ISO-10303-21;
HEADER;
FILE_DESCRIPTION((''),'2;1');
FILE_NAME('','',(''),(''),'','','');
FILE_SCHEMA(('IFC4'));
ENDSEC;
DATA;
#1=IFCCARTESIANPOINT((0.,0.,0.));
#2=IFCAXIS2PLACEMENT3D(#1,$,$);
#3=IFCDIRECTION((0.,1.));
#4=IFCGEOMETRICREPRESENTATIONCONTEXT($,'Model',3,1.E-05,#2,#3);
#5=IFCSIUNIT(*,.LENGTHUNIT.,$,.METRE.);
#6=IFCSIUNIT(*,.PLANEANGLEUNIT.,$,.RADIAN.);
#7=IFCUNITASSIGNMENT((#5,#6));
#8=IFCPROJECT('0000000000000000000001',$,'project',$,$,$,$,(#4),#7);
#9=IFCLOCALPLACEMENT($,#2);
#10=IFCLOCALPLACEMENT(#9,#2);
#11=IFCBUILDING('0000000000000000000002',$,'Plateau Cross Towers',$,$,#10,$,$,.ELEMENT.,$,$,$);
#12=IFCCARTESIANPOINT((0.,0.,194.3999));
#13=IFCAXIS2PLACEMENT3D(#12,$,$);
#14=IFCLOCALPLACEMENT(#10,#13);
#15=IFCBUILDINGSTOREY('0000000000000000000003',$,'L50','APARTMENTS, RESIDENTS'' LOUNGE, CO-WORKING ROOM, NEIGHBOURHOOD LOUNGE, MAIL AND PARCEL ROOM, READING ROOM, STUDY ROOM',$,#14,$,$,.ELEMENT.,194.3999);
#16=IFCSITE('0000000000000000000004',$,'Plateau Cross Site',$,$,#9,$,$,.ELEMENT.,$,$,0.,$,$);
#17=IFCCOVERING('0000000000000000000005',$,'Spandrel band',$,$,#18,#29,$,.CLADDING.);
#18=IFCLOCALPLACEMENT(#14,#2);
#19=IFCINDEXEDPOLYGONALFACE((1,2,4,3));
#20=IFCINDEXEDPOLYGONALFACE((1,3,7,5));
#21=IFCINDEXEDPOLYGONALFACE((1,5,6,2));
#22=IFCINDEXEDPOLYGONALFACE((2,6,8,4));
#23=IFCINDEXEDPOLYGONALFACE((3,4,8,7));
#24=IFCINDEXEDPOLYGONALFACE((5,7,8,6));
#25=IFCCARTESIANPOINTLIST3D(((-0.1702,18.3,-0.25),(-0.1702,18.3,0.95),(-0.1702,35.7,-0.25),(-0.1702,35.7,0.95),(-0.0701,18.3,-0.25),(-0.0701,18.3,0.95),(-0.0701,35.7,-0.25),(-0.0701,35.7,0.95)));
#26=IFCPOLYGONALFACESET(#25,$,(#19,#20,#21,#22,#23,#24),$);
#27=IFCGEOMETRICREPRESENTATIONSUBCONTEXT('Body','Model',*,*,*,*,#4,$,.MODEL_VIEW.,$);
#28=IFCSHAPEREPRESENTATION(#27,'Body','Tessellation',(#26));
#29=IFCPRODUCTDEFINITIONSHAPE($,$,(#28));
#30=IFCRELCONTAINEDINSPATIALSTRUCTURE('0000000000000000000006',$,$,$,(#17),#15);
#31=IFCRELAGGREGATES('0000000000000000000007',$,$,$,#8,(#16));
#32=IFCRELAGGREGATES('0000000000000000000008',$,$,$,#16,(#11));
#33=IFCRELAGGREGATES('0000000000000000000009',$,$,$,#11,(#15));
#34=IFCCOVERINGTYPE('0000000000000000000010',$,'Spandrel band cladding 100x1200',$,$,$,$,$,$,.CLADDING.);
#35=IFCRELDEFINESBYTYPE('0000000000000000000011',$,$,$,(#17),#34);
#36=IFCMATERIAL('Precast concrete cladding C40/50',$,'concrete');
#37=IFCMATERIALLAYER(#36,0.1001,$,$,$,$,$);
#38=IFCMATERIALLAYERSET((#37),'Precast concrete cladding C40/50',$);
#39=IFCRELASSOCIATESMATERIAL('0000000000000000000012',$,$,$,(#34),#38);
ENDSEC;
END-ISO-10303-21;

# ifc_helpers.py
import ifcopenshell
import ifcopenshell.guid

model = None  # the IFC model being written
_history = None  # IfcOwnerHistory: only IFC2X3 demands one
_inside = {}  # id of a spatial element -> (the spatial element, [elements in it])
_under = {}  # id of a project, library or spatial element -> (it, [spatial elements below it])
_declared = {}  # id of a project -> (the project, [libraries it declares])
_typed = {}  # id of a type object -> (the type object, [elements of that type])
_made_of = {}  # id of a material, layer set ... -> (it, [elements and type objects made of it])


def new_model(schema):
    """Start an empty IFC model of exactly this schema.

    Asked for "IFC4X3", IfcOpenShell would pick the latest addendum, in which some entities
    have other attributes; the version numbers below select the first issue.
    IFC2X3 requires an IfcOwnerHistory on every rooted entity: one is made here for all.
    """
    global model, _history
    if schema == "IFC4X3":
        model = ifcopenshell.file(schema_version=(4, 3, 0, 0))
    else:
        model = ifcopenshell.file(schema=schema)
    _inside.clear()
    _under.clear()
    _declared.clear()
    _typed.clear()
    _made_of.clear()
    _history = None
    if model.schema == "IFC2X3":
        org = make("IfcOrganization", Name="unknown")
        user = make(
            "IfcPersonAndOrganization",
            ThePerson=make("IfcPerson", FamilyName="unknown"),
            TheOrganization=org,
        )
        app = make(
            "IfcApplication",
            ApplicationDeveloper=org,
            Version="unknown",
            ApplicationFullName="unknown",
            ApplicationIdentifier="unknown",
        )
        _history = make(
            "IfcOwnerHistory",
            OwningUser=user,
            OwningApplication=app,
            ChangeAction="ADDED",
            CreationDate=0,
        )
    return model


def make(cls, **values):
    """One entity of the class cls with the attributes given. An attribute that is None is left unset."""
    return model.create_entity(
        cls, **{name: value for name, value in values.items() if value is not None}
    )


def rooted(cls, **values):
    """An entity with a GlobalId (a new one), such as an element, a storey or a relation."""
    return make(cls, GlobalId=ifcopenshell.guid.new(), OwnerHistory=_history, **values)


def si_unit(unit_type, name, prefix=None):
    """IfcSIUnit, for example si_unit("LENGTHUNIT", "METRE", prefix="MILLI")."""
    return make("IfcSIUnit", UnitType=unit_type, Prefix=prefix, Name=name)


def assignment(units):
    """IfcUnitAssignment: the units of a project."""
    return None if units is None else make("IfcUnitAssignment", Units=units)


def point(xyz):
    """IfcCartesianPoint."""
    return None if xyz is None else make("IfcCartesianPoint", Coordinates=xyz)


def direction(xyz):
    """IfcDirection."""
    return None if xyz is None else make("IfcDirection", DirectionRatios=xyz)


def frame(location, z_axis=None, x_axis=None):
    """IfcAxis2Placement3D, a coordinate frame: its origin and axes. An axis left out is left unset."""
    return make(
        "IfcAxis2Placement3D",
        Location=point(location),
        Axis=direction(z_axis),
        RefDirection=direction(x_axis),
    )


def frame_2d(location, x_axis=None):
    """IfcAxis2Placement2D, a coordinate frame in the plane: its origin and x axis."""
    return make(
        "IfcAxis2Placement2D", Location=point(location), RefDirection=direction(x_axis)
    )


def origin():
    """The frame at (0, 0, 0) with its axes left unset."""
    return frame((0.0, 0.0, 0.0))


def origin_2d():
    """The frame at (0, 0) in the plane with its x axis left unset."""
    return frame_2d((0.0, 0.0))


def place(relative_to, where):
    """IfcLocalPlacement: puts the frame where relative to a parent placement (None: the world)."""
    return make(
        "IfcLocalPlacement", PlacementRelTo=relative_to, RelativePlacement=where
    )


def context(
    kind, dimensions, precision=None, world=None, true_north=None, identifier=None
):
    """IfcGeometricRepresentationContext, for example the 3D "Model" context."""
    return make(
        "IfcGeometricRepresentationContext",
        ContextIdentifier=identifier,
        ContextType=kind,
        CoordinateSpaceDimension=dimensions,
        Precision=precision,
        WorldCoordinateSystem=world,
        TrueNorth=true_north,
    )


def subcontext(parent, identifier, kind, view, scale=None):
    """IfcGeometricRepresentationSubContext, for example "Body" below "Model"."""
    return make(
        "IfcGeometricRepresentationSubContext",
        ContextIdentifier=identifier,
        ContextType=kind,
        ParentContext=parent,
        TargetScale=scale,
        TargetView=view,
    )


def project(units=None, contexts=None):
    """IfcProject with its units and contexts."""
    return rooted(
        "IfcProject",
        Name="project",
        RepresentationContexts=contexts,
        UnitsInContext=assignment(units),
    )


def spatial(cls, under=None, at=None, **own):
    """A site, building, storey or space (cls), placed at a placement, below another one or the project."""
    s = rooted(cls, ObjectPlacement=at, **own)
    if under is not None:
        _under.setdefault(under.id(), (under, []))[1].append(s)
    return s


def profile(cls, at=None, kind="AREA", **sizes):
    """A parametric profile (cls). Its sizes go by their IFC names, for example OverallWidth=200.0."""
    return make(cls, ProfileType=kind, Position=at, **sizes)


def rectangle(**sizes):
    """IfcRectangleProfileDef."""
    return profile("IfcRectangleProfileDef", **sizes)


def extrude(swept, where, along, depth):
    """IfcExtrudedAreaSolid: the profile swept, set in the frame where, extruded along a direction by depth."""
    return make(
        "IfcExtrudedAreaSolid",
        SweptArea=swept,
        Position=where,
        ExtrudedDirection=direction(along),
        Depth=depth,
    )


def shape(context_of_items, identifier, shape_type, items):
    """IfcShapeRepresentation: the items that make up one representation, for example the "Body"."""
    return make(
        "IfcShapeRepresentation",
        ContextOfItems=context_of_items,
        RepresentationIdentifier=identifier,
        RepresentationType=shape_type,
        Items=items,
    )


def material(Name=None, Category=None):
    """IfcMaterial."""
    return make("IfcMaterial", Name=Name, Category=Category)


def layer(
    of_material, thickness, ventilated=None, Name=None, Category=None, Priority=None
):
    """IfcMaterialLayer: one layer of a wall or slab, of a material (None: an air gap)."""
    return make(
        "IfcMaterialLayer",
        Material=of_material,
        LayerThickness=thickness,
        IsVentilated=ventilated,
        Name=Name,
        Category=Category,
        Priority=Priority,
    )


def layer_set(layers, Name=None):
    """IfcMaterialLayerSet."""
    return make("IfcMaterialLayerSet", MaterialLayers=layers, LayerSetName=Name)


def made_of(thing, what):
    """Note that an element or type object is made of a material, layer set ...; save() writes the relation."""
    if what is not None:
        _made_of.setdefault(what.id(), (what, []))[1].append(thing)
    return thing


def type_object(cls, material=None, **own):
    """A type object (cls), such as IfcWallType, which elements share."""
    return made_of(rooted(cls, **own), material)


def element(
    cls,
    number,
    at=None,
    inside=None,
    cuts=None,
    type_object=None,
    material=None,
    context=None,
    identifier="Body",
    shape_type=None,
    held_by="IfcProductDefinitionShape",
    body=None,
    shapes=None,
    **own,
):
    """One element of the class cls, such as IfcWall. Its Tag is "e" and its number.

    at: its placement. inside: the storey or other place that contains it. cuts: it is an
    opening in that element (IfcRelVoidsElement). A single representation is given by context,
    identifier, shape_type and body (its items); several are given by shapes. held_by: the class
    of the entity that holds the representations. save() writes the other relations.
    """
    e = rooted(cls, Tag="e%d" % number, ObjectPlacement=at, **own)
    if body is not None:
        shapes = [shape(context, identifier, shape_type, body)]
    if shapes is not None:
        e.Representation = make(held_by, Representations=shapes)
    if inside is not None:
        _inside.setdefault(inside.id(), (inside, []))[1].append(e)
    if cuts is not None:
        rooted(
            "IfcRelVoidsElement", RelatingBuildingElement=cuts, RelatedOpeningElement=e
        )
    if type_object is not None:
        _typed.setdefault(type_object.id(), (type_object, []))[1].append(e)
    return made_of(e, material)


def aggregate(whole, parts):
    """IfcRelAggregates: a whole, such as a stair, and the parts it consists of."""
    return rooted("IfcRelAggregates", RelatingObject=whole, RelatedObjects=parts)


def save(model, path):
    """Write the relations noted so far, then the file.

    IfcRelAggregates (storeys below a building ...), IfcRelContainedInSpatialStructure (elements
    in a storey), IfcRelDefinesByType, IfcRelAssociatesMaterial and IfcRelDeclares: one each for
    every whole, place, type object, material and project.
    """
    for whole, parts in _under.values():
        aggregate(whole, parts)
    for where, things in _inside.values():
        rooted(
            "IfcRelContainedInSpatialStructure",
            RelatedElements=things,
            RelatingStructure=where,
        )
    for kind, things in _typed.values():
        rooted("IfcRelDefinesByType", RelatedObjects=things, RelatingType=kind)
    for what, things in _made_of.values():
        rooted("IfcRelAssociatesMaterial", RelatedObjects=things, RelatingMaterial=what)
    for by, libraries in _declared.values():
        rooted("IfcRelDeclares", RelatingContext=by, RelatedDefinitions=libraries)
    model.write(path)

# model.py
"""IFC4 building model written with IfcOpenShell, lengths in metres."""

from ifc_helpers import new_model, si_unit, direction, frame, origin, origin_2d, place, context, subcontext, project, spatial, rectangle, extrude, material, layer, layer_set, type_object, element, save


model = new_model("IFC4")

# Units and contexts
model_context = context("Model", 3, precision=1e-05, world=origin(), true_north=direction((0.0, 1.0)))
body_context = subcontext(model_context, "Body", "Model", "MODEL_VIEW")
ifc_project = project(units=[si_unit("LENGTHUNIT", "METRE"), si_unit("PLANEANGLEUNIT", "RADIAN")], contexts=[model_context])

# Site, building, storey
site_placement = place(None, origin())
site = spatial("IfcSite", under=ifc_project, at=site_placement, Name="Plateau Cross Site", CompositionType="ELEMENT", RefElevation=0.0)
building_placement = place(site_placement, origin())
building = spatial("IfcBuilding", under=site, at=building_placement, Name="Plateau Cross Towers", CompositionType="ELEMENT")
storey_placement = place(building_placement, frame((0.0, 0.0, 194.3999)))
storey = spatial("IfcBuildingStorey", under=building, at=storey_placement, Name="L50", Description="APARTMENTS, RESIDENTS' LOUNGE, CO-WORKING ROOM, NEIGHBOURHOOD LOUNGE, MAIL AND PARCEL ROOM, READING ROOM, STUDY ROOM", CompositionType="ELEMENT", Elevation=194.3999)

# Covering
ifc_material_1 = material(Name="Precast concrete cladding C40/50", Category="concrete")
ifc_layer_1 = layer(ifc_material_1, 0.1001)
ifc_layer_set_1 = layer_set([ifc_layer_1], Name="Precast concrete cladding C40/50")
covering_type = type_object("IfcCoveringType", Name="Spandrel band cladding 100x1200", PredefinedType="CLADDING", material=ifc_layer_set_1)
covering_placement = place(storey_placement, frame((-0.1201, 27.0, -0.25), z_axis=(0.0, 0.0, 1.0), x_axis=(0.0, -1.0, 0.0)))
element("IfcCovering", 1, at=covering_placement, inside=storey, type_object=covering_type, Name="Spandrel band", PredefinedType="CLADDING", context=body_context, shape_type="SweptSolid", body=[
    extrude(rectangle(XDim=17.3999, YDim=0.1001, at=origin_2d()), origin(), (0.0, 0.0, 1.0), 1.2),
])

save(model, "model.ifc")
